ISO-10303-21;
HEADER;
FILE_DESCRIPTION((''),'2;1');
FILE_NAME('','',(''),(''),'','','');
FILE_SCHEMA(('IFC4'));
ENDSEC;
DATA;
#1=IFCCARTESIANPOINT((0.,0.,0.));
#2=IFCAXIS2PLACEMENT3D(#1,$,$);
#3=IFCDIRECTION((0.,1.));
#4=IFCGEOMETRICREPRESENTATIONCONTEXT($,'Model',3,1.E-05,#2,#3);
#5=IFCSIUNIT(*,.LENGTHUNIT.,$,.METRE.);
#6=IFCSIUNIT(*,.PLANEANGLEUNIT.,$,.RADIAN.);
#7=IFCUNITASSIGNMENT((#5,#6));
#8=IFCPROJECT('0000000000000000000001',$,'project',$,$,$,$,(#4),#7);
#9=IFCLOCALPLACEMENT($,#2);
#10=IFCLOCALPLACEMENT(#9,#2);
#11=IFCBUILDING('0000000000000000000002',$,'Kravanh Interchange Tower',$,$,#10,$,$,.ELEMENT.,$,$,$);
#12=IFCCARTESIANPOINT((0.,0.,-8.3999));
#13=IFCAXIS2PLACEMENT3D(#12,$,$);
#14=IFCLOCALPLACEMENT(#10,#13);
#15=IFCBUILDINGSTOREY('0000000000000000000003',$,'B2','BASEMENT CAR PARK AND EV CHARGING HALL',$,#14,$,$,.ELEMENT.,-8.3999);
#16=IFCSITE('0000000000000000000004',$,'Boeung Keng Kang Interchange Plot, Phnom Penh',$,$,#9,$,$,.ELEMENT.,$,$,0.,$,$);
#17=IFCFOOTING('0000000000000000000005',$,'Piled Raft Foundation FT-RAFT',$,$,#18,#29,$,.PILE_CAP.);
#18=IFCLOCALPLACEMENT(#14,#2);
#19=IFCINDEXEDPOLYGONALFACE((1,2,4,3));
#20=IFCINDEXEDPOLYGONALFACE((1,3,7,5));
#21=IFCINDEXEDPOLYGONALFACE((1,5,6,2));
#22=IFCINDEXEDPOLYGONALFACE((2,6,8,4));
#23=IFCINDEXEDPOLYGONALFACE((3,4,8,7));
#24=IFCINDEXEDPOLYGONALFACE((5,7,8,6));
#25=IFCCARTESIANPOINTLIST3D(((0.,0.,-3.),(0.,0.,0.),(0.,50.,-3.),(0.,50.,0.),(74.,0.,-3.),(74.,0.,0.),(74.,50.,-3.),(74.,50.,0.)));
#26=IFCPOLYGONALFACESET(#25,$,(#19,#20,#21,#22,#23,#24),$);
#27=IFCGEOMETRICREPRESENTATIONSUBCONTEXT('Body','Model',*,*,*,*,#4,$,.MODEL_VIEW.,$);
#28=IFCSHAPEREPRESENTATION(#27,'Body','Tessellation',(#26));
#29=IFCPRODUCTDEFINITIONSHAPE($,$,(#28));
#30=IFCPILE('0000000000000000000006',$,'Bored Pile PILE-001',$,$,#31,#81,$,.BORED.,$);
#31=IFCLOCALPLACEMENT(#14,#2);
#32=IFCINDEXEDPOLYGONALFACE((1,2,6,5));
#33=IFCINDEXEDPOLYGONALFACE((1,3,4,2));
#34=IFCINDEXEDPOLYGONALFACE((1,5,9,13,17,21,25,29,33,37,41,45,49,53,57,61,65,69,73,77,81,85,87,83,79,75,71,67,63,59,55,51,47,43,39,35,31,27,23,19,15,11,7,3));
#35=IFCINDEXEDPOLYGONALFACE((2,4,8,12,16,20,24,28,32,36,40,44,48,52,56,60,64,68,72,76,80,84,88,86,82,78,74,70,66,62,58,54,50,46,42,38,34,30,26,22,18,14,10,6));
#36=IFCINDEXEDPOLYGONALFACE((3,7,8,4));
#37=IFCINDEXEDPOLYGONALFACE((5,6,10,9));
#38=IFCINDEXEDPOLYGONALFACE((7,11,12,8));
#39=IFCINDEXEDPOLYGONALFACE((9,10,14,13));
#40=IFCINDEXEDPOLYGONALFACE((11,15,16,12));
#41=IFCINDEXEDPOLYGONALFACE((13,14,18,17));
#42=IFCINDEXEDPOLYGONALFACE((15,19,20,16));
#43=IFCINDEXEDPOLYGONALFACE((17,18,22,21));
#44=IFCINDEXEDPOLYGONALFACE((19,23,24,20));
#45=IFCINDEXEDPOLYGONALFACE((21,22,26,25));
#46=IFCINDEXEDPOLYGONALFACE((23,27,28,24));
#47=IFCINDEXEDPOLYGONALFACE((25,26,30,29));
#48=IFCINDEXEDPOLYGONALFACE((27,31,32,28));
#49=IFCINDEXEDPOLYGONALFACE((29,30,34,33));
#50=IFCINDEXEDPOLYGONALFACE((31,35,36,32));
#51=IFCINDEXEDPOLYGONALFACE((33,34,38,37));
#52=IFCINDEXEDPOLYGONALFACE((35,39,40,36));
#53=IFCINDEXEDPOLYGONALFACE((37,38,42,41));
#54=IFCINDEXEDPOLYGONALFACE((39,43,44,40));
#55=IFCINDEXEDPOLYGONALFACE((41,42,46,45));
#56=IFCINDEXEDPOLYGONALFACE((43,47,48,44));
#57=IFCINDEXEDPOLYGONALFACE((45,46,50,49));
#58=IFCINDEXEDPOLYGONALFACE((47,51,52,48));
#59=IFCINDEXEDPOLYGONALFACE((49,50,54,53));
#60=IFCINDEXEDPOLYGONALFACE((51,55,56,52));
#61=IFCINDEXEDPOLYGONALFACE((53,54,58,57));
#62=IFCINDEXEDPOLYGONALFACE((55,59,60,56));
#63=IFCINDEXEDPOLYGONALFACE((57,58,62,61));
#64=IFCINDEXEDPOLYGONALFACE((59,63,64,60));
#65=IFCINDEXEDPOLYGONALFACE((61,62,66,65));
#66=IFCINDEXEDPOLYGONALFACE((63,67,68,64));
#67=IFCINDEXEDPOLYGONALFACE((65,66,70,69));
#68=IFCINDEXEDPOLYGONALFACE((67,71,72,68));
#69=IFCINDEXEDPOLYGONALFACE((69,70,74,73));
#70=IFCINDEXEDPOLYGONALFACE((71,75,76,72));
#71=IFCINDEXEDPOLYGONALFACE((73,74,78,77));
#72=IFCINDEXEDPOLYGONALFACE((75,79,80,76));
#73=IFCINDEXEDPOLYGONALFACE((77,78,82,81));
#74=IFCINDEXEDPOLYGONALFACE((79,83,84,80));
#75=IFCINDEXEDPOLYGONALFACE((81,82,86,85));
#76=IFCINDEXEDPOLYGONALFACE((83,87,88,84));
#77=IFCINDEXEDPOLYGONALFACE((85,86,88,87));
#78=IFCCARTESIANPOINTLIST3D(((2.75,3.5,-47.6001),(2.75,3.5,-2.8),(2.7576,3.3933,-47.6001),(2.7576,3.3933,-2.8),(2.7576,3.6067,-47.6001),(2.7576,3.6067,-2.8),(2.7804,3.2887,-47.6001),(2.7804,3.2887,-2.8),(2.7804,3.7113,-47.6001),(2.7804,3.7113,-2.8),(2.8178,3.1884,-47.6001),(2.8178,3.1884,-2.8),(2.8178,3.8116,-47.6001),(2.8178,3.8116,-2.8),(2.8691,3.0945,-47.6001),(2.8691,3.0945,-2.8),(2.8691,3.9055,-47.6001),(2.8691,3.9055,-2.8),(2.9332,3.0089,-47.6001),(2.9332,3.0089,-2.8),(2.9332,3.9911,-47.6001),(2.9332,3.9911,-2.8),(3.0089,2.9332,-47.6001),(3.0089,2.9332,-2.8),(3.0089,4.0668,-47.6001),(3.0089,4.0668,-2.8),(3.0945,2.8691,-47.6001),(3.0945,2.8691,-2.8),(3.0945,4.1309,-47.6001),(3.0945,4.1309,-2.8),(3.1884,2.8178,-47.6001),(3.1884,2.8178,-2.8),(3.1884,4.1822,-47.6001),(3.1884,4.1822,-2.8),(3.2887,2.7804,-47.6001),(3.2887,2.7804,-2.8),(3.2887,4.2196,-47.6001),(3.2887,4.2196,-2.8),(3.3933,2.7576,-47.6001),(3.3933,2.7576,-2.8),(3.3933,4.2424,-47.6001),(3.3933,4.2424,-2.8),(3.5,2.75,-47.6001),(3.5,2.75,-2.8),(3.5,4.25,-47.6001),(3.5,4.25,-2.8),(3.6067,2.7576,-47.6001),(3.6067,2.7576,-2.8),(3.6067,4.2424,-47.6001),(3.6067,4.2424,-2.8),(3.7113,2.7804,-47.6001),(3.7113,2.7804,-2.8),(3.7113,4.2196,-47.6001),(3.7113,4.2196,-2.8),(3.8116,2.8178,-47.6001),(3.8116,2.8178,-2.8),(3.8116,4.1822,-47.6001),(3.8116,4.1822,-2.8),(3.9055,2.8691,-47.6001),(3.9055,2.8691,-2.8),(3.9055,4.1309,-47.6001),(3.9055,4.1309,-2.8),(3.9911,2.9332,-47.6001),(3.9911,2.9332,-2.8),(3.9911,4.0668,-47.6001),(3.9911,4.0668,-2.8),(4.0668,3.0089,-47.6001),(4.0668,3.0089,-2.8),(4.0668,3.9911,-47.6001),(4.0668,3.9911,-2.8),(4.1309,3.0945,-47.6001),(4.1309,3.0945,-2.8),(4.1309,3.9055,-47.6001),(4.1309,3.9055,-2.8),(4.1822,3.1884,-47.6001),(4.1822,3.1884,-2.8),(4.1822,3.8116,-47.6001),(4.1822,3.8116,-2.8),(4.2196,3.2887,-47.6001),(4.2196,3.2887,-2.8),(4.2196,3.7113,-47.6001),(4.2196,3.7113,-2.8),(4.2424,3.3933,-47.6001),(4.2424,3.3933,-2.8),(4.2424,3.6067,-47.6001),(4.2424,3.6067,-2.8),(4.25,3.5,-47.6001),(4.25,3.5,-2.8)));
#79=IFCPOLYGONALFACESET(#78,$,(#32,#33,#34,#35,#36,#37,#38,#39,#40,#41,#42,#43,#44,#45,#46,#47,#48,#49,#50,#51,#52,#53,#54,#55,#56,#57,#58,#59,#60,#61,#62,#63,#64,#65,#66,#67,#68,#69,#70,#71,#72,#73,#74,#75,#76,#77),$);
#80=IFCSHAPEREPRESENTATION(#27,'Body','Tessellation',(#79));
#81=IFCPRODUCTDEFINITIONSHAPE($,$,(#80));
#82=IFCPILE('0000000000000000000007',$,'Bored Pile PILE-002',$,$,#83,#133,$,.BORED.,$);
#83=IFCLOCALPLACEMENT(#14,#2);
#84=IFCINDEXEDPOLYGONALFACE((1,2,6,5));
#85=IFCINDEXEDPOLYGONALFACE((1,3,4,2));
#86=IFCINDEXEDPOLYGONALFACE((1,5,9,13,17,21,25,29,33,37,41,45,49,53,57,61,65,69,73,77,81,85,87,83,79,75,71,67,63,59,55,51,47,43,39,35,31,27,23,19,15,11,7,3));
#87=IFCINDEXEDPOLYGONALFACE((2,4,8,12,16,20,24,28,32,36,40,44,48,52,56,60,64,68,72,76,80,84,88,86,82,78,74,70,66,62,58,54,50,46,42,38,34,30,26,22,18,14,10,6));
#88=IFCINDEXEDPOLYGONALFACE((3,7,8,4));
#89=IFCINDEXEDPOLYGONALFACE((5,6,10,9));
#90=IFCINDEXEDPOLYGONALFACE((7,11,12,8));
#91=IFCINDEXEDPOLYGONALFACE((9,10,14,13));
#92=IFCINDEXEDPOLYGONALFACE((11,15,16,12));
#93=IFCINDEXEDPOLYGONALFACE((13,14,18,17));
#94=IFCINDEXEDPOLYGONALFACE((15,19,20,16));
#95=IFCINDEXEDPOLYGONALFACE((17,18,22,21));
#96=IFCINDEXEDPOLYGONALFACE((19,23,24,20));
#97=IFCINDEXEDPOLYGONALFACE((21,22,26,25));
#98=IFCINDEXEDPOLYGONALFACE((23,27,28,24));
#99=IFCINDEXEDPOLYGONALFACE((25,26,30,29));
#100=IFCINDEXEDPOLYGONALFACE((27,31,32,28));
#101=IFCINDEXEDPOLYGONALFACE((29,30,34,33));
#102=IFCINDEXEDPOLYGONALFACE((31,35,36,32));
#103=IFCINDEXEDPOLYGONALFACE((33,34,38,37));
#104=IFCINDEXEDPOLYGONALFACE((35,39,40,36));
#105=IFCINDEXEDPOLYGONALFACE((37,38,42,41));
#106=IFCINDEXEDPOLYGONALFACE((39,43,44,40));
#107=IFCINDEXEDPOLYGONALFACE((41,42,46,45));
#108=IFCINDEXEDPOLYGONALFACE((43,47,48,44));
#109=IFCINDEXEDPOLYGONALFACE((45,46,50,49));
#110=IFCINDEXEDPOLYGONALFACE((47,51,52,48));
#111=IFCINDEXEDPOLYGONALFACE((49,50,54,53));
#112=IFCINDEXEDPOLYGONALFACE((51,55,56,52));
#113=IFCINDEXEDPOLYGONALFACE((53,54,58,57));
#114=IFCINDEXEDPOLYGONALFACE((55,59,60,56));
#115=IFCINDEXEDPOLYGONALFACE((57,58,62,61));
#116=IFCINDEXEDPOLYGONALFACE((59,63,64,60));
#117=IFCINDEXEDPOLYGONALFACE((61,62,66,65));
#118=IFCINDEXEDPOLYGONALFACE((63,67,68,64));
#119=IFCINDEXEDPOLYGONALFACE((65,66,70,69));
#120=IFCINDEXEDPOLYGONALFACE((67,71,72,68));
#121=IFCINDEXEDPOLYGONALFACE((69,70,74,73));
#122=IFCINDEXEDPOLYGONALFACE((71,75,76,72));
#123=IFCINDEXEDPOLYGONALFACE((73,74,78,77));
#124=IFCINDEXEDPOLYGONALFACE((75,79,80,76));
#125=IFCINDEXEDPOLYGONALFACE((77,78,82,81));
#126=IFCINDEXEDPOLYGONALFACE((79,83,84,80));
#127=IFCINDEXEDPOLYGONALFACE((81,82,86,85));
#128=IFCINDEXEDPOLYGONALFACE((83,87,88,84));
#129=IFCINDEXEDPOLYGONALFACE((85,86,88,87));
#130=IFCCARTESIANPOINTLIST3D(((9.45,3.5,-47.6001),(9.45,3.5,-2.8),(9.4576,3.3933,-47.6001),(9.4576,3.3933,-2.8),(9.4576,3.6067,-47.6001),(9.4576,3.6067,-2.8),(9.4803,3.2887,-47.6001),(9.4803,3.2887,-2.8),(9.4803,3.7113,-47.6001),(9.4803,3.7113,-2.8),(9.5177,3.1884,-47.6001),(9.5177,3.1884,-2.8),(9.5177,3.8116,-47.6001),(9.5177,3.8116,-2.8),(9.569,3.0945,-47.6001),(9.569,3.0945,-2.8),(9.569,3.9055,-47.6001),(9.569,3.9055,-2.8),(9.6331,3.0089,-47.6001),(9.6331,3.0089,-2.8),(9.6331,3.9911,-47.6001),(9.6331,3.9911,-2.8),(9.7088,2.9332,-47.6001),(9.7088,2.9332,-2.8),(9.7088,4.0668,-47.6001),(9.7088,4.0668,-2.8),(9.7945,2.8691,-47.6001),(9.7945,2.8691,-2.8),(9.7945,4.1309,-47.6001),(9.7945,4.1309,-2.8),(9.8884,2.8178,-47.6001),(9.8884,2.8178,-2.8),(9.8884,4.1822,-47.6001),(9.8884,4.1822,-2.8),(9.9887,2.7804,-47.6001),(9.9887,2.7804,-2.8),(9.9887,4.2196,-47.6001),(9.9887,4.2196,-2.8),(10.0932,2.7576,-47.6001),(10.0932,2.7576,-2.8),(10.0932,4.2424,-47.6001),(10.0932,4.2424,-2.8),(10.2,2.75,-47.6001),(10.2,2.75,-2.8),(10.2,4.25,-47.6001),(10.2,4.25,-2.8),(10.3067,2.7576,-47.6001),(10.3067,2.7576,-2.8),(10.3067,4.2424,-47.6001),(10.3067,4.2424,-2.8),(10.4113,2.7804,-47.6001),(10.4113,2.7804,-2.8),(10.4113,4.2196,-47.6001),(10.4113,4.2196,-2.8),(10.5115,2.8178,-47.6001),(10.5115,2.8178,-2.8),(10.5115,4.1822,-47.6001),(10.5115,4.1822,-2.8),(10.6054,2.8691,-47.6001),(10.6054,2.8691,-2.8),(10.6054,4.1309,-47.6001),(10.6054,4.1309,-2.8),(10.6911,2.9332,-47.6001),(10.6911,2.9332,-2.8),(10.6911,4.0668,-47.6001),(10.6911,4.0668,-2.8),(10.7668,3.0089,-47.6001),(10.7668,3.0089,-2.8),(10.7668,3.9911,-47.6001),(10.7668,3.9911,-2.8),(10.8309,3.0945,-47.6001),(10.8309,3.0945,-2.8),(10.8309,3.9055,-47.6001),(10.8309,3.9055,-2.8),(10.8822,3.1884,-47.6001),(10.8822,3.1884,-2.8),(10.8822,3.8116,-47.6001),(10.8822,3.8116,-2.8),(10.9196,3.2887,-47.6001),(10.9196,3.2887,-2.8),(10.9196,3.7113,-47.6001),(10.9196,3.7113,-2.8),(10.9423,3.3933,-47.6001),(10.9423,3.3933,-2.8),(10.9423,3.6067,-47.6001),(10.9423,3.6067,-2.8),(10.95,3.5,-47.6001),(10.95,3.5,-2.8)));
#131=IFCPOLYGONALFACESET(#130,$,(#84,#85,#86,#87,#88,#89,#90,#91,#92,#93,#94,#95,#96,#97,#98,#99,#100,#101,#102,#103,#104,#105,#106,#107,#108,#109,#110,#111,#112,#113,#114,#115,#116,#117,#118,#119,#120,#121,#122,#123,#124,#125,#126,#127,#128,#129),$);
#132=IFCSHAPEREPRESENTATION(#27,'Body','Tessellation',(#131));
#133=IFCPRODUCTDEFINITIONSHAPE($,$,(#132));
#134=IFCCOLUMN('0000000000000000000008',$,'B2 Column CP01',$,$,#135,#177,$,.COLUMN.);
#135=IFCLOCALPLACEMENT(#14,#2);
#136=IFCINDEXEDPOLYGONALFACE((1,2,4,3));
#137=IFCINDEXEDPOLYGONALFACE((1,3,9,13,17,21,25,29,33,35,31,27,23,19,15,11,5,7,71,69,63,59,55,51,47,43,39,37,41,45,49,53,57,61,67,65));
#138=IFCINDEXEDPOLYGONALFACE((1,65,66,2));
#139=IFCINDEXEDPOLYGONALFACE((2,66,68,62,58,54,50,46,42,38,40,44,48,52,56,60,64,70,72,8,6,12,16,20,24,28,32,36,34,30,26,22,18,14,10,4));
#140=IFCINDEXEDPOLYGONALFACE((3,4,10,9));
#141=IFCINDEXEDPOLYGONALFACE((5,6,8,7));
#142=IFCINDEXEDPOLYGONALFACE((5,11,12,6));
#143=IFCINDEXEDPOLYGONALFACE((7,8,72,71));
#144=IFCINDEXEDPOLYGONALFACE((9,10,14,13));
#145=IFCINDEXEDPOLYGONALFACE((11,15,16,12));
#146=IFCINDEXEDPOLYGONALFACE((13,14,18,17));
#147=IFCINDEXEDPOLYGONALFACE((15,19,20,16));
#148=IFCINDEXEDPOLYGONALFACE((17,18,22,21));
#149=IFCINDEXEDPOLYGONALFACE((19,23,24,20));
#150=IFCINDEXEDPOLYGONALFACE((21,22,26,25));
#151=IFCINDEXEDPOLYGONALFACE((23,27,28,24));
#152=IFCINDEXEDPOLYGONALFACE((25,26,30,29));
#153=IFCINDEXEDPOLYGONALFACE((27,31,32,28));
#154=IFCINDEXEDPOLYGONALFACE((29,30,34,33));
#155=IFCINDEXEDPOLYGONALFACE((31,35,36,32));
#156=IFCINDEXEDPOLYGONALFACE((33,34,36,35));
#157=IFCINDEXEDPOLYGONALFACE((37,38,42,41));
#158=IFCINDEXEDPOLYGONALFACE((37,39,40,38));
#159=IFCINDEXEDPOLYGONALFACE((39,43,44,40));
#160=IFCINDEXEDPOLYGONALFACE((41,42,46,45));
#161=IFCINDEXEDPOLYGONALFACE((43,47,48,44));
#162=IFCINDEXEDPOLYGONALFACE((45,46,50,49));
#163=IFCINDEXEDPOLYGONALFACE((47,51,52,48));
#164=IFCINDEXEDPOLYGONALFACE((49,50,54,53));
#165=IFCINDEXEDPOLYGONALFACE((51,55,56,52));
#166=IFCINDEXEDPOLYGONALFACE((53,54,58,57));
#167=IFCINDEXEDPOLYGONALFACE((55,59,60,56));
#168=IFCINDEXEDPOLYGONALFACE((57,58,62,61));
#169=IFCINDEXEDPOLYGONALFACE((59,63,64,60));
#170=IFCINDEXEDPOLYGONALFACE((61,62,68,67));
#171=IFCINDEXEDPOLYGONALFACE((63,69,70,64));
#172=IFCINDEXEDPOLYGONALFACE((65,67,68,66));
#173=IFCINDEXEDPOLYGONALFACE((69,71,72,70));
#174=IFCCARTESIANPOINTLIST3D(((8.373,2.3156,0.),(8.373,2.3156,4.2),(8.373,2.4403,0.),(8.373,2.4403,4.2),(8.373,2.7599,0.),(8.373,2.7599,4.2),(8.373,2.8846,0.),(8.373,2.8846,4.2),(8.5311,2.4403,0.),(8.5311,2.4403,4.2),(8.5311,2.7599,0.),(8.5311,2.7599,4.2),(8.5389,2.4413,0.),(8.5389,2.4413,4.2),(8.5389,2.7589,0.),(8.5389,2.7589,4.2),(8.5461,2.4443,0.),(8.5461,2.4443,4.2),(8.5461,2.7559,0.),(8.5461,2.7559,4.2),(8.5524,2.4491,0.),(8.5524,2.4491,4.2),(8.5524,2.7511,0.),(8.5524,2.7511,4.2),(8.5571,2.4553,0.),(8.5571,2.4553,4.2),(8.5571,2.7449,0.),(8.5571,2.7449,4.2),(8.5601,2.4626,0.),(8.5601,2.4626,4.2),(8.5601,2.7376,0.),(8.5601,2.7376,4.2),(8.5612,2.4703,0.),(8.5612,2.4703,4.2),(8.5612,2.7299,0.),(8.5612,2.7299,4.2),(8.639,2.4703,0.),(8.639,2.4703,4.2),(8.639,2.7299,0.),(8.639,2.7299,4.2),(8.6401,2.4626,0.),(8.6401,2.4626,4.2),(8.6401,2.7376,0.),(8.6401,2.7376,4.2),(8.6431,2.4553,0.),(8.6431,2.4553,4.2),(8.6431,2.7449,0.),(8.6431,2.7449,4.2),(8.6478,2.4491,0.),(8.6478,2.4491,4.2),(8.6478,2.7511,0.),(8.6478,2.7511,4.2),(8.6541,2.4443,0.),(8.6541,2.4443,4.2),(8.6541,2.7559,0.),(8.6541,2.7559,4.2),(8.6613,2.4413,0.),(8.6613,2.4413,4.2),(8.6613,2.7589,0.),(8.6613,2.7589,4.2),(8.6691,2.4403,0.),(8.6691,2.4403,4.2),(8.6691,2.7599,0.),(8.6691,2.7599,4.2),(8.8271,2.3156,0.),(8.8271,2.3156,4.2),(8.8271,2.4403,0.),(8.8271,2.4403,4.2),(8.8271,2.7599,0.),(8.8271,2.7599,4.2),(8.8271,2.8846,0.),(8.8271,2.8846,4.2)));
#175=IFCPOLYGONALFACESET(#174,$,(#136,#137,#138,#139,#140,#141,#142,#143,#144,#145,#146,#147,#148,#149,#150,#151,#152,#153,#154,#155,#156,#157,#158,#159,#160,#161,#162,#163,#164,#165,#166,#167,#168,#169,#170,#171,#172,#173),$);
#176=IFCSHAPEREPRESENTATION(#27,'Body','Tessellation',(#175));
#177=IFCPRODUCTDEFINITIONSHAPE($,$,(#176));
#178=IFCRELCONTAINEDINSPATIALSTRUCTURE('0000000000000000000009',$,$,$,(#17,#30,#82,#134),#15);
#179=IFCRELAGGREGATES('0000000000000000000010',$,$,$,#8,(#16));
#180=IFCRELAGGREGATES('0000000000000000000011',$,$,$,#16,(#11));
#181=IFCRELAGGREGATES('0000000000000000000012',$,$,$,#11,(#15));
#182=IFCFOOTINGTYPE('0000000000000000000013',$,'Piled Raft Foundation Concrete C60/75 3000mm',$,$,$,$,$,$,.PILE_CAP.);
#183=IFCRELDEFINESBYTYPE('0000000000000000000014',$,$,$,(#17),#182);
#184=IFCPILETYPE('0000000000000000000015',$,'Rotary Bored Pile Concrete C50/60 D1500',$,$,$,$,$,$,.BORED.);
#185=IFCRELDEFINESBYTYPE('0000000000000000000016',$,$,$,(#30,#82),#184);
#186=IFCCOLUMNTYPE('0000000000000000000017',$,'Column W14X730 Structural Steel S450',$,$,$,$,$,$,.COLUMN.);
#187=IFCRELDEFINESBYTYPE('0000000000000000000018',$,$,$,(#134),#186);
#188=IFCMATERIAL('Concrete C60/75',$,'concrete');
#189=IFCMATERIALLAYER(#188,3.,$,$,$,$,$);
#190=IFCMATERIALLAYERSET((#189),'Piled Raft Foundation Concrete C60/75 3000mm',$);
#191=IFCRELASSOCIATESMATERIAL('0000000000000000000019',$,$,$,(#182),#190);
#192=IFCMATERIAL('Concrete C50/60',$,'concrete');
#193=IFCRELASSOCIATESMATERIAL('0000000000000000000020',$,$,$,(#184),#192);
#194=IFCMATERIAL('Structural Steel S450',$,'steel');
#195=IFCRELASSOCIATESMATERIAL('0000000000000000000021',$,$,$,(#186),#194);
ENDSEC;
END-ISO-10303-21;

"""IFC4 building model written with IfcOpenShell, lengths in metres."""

from ifc_helpers import new_model, si_unit, direction, frame, origin, origin_2d, place, context, subcontext, project, spatial, polyline, circle, i_section, outline, extrude, material, layer, layer_set, material_profile, profile_set, type_object, element, save


model = new_model("IFC4")

# Units and contexts
model_context = context("Model", 3, precision=1e-05, world=origin(), true_north=direction((0.0, 1.0)))
body_context = subcontext(model_context, "Body", "Model", "MODEL_VIEW")
ifc_project = project(units=[si_unit("LENGTHUNIT", "METRE"), si_unit("PLANEANGLEUNIT", "RADIAN")], contexts=[model_context])

# Site, building, storey
site_placement = place(None, origin())
site = spatial("IfcSite", under=ifc_project, at=site_placement, Name="Boeung Keng Kang Interchange Plot, Phnom Penh", CompositionType="ELEMENT", RefElevation=0.0)
building_placement = place(site_placement, origin())
building = spatial("IfcBuilding", under=site, at=building_placement, Name="Kravanh Interchange Tower", CompositionType="ELEMENT")
storey_placement = place(building_placement, frame((0.0, 0.0, -8.3999)))
storey = spatial("IfcBuildingStorey", under=building, at=storey_placement, Name="B2", Description="BASEMENT CAR PARK AND EV CHARGING HALL", CompositionType="ELEMENT", Elevation=-8.3999)

# Footing
ifc_material_1 = material(Name="Concrete C60/75", Category="concrete")
ifc_layer_1 = layer(ifc_material_1, 3.0)
ifc_layer_set_1 = layer_set([ifc_layer_1], Name="Piled Raft Foundation Concrete C60/75 3000mm")
footing_type = type_object("IfcFootingType", Name="Piled Raft Foundation Concrete C60/75 3000mm", PredefinedType="PILE_CAP", material=ifc_layer_set_1)
footing_placement = place(storey_placement, frame((0.0, 0.0, -3.0)))
element("IfcFooting", 1, at=footing_placement, inside=storey, type_object=footing_type, Name="Piled Raft Foundation FT-RAFT", PredefinedType="PILE_CAP", context=body_context, shape_type="SweptSolid", body=[
    extrude(outline(polyline([(0.0, 0.0), (74.0, 0.0), (74.0, 50.0), (0.0, 50.0), (0.0, 0.0)])), origin(), (0.0, 0.0, 1.0), 3.0),
])

# Piles
ifc_material_2 = material(Name="Concrete C50/60", Category="concrete")
ifc_material_profile_1 = material_profile(ifc_material_2, circle(Radius=0.75, at=origin_2d()), Name="PILE-D1500")
ifc_profile_set_1 = profile_set([ifc_material_profile_1], Name="Concrete C50/60")
pile_type = type_object("IfcPileType", Name="Rotary Bored Pile Concrete C50/60 D1500", PredefinedType="BORED", material=ifc_profile_set_1)
for number, where, z_axis, x_axis, name in (
    (2, (3.5, 3.5, -2.8), (0.0, 0.0, -1.0), (1.0, 0.0, 0.0), "Bored Pile PILE-001"),
    (3, (10.2, 3.5, -2.8), (0.0, 0.0, -1.0), (1.0, 0.0, 0.0), "Bored Pile PILE-002"),
):
    element("IfcPile", number, at=place(storey_placement, frame(where, z_axis=z_axis, x_axis=x_axis)), inside=storey, type_object=pile_type, Name=name, PredefinedType="BORED", context=body_context, shape_type="SweptSolid", body=[
        extrude(circle(Radius=0.75, at=origin_2d()), origin(), (0.0, 0.0, 1.0), 44.8),
    ])

# Column
ifc_material_3 = material(Name="Structural Steel S450", Category="steel")
ifc_material_profile_2 = material_profile(ifc_material_3, i_section(OverallWidth=0.4541, OverallDepth=0.5691, WebThickness=0.0779, FlangeThickness=0.1248, FilletRadius=0.03, at=origin_2d()), Name="W14X730")
ifc_profile_set_2 = profile_set([ifc_material_profile_2], Name="Structural Steel S450")
column_type = type_object("IfcColumnType", Name="Column W14X730 Structural Steel S450", PredefinedType="COLUMN", material=ifc_profile_set_2)
for number, where, z_axis, x_axis, name in (
    (4, (8.6001, 2.6001, 0.0), (0.0, 0.0, 1.0), (1.0, 0.0, 0.0), "B2 Column CP01"),
):
    element("IfcColumn", number, at=place(storey_placement, frame(where, z_axis=z_axis, x_axis=x_axis)), inside=storey, type_object=column_type, Name=name, PredefinedType="COLUMN", context=body_context, shape_type="SweptSolid", body=[
        extrude(i_section(OverallWidth=0.4541, OverallDepth=0.5691, WebThickness=0.0779, FlangeThickness=0.1248, FilletRadius=0.03, at=origin_2d()), origin(), (0.0, 0.0, 1.0), 4.2),
    ])

save(model, "model.ifc")
